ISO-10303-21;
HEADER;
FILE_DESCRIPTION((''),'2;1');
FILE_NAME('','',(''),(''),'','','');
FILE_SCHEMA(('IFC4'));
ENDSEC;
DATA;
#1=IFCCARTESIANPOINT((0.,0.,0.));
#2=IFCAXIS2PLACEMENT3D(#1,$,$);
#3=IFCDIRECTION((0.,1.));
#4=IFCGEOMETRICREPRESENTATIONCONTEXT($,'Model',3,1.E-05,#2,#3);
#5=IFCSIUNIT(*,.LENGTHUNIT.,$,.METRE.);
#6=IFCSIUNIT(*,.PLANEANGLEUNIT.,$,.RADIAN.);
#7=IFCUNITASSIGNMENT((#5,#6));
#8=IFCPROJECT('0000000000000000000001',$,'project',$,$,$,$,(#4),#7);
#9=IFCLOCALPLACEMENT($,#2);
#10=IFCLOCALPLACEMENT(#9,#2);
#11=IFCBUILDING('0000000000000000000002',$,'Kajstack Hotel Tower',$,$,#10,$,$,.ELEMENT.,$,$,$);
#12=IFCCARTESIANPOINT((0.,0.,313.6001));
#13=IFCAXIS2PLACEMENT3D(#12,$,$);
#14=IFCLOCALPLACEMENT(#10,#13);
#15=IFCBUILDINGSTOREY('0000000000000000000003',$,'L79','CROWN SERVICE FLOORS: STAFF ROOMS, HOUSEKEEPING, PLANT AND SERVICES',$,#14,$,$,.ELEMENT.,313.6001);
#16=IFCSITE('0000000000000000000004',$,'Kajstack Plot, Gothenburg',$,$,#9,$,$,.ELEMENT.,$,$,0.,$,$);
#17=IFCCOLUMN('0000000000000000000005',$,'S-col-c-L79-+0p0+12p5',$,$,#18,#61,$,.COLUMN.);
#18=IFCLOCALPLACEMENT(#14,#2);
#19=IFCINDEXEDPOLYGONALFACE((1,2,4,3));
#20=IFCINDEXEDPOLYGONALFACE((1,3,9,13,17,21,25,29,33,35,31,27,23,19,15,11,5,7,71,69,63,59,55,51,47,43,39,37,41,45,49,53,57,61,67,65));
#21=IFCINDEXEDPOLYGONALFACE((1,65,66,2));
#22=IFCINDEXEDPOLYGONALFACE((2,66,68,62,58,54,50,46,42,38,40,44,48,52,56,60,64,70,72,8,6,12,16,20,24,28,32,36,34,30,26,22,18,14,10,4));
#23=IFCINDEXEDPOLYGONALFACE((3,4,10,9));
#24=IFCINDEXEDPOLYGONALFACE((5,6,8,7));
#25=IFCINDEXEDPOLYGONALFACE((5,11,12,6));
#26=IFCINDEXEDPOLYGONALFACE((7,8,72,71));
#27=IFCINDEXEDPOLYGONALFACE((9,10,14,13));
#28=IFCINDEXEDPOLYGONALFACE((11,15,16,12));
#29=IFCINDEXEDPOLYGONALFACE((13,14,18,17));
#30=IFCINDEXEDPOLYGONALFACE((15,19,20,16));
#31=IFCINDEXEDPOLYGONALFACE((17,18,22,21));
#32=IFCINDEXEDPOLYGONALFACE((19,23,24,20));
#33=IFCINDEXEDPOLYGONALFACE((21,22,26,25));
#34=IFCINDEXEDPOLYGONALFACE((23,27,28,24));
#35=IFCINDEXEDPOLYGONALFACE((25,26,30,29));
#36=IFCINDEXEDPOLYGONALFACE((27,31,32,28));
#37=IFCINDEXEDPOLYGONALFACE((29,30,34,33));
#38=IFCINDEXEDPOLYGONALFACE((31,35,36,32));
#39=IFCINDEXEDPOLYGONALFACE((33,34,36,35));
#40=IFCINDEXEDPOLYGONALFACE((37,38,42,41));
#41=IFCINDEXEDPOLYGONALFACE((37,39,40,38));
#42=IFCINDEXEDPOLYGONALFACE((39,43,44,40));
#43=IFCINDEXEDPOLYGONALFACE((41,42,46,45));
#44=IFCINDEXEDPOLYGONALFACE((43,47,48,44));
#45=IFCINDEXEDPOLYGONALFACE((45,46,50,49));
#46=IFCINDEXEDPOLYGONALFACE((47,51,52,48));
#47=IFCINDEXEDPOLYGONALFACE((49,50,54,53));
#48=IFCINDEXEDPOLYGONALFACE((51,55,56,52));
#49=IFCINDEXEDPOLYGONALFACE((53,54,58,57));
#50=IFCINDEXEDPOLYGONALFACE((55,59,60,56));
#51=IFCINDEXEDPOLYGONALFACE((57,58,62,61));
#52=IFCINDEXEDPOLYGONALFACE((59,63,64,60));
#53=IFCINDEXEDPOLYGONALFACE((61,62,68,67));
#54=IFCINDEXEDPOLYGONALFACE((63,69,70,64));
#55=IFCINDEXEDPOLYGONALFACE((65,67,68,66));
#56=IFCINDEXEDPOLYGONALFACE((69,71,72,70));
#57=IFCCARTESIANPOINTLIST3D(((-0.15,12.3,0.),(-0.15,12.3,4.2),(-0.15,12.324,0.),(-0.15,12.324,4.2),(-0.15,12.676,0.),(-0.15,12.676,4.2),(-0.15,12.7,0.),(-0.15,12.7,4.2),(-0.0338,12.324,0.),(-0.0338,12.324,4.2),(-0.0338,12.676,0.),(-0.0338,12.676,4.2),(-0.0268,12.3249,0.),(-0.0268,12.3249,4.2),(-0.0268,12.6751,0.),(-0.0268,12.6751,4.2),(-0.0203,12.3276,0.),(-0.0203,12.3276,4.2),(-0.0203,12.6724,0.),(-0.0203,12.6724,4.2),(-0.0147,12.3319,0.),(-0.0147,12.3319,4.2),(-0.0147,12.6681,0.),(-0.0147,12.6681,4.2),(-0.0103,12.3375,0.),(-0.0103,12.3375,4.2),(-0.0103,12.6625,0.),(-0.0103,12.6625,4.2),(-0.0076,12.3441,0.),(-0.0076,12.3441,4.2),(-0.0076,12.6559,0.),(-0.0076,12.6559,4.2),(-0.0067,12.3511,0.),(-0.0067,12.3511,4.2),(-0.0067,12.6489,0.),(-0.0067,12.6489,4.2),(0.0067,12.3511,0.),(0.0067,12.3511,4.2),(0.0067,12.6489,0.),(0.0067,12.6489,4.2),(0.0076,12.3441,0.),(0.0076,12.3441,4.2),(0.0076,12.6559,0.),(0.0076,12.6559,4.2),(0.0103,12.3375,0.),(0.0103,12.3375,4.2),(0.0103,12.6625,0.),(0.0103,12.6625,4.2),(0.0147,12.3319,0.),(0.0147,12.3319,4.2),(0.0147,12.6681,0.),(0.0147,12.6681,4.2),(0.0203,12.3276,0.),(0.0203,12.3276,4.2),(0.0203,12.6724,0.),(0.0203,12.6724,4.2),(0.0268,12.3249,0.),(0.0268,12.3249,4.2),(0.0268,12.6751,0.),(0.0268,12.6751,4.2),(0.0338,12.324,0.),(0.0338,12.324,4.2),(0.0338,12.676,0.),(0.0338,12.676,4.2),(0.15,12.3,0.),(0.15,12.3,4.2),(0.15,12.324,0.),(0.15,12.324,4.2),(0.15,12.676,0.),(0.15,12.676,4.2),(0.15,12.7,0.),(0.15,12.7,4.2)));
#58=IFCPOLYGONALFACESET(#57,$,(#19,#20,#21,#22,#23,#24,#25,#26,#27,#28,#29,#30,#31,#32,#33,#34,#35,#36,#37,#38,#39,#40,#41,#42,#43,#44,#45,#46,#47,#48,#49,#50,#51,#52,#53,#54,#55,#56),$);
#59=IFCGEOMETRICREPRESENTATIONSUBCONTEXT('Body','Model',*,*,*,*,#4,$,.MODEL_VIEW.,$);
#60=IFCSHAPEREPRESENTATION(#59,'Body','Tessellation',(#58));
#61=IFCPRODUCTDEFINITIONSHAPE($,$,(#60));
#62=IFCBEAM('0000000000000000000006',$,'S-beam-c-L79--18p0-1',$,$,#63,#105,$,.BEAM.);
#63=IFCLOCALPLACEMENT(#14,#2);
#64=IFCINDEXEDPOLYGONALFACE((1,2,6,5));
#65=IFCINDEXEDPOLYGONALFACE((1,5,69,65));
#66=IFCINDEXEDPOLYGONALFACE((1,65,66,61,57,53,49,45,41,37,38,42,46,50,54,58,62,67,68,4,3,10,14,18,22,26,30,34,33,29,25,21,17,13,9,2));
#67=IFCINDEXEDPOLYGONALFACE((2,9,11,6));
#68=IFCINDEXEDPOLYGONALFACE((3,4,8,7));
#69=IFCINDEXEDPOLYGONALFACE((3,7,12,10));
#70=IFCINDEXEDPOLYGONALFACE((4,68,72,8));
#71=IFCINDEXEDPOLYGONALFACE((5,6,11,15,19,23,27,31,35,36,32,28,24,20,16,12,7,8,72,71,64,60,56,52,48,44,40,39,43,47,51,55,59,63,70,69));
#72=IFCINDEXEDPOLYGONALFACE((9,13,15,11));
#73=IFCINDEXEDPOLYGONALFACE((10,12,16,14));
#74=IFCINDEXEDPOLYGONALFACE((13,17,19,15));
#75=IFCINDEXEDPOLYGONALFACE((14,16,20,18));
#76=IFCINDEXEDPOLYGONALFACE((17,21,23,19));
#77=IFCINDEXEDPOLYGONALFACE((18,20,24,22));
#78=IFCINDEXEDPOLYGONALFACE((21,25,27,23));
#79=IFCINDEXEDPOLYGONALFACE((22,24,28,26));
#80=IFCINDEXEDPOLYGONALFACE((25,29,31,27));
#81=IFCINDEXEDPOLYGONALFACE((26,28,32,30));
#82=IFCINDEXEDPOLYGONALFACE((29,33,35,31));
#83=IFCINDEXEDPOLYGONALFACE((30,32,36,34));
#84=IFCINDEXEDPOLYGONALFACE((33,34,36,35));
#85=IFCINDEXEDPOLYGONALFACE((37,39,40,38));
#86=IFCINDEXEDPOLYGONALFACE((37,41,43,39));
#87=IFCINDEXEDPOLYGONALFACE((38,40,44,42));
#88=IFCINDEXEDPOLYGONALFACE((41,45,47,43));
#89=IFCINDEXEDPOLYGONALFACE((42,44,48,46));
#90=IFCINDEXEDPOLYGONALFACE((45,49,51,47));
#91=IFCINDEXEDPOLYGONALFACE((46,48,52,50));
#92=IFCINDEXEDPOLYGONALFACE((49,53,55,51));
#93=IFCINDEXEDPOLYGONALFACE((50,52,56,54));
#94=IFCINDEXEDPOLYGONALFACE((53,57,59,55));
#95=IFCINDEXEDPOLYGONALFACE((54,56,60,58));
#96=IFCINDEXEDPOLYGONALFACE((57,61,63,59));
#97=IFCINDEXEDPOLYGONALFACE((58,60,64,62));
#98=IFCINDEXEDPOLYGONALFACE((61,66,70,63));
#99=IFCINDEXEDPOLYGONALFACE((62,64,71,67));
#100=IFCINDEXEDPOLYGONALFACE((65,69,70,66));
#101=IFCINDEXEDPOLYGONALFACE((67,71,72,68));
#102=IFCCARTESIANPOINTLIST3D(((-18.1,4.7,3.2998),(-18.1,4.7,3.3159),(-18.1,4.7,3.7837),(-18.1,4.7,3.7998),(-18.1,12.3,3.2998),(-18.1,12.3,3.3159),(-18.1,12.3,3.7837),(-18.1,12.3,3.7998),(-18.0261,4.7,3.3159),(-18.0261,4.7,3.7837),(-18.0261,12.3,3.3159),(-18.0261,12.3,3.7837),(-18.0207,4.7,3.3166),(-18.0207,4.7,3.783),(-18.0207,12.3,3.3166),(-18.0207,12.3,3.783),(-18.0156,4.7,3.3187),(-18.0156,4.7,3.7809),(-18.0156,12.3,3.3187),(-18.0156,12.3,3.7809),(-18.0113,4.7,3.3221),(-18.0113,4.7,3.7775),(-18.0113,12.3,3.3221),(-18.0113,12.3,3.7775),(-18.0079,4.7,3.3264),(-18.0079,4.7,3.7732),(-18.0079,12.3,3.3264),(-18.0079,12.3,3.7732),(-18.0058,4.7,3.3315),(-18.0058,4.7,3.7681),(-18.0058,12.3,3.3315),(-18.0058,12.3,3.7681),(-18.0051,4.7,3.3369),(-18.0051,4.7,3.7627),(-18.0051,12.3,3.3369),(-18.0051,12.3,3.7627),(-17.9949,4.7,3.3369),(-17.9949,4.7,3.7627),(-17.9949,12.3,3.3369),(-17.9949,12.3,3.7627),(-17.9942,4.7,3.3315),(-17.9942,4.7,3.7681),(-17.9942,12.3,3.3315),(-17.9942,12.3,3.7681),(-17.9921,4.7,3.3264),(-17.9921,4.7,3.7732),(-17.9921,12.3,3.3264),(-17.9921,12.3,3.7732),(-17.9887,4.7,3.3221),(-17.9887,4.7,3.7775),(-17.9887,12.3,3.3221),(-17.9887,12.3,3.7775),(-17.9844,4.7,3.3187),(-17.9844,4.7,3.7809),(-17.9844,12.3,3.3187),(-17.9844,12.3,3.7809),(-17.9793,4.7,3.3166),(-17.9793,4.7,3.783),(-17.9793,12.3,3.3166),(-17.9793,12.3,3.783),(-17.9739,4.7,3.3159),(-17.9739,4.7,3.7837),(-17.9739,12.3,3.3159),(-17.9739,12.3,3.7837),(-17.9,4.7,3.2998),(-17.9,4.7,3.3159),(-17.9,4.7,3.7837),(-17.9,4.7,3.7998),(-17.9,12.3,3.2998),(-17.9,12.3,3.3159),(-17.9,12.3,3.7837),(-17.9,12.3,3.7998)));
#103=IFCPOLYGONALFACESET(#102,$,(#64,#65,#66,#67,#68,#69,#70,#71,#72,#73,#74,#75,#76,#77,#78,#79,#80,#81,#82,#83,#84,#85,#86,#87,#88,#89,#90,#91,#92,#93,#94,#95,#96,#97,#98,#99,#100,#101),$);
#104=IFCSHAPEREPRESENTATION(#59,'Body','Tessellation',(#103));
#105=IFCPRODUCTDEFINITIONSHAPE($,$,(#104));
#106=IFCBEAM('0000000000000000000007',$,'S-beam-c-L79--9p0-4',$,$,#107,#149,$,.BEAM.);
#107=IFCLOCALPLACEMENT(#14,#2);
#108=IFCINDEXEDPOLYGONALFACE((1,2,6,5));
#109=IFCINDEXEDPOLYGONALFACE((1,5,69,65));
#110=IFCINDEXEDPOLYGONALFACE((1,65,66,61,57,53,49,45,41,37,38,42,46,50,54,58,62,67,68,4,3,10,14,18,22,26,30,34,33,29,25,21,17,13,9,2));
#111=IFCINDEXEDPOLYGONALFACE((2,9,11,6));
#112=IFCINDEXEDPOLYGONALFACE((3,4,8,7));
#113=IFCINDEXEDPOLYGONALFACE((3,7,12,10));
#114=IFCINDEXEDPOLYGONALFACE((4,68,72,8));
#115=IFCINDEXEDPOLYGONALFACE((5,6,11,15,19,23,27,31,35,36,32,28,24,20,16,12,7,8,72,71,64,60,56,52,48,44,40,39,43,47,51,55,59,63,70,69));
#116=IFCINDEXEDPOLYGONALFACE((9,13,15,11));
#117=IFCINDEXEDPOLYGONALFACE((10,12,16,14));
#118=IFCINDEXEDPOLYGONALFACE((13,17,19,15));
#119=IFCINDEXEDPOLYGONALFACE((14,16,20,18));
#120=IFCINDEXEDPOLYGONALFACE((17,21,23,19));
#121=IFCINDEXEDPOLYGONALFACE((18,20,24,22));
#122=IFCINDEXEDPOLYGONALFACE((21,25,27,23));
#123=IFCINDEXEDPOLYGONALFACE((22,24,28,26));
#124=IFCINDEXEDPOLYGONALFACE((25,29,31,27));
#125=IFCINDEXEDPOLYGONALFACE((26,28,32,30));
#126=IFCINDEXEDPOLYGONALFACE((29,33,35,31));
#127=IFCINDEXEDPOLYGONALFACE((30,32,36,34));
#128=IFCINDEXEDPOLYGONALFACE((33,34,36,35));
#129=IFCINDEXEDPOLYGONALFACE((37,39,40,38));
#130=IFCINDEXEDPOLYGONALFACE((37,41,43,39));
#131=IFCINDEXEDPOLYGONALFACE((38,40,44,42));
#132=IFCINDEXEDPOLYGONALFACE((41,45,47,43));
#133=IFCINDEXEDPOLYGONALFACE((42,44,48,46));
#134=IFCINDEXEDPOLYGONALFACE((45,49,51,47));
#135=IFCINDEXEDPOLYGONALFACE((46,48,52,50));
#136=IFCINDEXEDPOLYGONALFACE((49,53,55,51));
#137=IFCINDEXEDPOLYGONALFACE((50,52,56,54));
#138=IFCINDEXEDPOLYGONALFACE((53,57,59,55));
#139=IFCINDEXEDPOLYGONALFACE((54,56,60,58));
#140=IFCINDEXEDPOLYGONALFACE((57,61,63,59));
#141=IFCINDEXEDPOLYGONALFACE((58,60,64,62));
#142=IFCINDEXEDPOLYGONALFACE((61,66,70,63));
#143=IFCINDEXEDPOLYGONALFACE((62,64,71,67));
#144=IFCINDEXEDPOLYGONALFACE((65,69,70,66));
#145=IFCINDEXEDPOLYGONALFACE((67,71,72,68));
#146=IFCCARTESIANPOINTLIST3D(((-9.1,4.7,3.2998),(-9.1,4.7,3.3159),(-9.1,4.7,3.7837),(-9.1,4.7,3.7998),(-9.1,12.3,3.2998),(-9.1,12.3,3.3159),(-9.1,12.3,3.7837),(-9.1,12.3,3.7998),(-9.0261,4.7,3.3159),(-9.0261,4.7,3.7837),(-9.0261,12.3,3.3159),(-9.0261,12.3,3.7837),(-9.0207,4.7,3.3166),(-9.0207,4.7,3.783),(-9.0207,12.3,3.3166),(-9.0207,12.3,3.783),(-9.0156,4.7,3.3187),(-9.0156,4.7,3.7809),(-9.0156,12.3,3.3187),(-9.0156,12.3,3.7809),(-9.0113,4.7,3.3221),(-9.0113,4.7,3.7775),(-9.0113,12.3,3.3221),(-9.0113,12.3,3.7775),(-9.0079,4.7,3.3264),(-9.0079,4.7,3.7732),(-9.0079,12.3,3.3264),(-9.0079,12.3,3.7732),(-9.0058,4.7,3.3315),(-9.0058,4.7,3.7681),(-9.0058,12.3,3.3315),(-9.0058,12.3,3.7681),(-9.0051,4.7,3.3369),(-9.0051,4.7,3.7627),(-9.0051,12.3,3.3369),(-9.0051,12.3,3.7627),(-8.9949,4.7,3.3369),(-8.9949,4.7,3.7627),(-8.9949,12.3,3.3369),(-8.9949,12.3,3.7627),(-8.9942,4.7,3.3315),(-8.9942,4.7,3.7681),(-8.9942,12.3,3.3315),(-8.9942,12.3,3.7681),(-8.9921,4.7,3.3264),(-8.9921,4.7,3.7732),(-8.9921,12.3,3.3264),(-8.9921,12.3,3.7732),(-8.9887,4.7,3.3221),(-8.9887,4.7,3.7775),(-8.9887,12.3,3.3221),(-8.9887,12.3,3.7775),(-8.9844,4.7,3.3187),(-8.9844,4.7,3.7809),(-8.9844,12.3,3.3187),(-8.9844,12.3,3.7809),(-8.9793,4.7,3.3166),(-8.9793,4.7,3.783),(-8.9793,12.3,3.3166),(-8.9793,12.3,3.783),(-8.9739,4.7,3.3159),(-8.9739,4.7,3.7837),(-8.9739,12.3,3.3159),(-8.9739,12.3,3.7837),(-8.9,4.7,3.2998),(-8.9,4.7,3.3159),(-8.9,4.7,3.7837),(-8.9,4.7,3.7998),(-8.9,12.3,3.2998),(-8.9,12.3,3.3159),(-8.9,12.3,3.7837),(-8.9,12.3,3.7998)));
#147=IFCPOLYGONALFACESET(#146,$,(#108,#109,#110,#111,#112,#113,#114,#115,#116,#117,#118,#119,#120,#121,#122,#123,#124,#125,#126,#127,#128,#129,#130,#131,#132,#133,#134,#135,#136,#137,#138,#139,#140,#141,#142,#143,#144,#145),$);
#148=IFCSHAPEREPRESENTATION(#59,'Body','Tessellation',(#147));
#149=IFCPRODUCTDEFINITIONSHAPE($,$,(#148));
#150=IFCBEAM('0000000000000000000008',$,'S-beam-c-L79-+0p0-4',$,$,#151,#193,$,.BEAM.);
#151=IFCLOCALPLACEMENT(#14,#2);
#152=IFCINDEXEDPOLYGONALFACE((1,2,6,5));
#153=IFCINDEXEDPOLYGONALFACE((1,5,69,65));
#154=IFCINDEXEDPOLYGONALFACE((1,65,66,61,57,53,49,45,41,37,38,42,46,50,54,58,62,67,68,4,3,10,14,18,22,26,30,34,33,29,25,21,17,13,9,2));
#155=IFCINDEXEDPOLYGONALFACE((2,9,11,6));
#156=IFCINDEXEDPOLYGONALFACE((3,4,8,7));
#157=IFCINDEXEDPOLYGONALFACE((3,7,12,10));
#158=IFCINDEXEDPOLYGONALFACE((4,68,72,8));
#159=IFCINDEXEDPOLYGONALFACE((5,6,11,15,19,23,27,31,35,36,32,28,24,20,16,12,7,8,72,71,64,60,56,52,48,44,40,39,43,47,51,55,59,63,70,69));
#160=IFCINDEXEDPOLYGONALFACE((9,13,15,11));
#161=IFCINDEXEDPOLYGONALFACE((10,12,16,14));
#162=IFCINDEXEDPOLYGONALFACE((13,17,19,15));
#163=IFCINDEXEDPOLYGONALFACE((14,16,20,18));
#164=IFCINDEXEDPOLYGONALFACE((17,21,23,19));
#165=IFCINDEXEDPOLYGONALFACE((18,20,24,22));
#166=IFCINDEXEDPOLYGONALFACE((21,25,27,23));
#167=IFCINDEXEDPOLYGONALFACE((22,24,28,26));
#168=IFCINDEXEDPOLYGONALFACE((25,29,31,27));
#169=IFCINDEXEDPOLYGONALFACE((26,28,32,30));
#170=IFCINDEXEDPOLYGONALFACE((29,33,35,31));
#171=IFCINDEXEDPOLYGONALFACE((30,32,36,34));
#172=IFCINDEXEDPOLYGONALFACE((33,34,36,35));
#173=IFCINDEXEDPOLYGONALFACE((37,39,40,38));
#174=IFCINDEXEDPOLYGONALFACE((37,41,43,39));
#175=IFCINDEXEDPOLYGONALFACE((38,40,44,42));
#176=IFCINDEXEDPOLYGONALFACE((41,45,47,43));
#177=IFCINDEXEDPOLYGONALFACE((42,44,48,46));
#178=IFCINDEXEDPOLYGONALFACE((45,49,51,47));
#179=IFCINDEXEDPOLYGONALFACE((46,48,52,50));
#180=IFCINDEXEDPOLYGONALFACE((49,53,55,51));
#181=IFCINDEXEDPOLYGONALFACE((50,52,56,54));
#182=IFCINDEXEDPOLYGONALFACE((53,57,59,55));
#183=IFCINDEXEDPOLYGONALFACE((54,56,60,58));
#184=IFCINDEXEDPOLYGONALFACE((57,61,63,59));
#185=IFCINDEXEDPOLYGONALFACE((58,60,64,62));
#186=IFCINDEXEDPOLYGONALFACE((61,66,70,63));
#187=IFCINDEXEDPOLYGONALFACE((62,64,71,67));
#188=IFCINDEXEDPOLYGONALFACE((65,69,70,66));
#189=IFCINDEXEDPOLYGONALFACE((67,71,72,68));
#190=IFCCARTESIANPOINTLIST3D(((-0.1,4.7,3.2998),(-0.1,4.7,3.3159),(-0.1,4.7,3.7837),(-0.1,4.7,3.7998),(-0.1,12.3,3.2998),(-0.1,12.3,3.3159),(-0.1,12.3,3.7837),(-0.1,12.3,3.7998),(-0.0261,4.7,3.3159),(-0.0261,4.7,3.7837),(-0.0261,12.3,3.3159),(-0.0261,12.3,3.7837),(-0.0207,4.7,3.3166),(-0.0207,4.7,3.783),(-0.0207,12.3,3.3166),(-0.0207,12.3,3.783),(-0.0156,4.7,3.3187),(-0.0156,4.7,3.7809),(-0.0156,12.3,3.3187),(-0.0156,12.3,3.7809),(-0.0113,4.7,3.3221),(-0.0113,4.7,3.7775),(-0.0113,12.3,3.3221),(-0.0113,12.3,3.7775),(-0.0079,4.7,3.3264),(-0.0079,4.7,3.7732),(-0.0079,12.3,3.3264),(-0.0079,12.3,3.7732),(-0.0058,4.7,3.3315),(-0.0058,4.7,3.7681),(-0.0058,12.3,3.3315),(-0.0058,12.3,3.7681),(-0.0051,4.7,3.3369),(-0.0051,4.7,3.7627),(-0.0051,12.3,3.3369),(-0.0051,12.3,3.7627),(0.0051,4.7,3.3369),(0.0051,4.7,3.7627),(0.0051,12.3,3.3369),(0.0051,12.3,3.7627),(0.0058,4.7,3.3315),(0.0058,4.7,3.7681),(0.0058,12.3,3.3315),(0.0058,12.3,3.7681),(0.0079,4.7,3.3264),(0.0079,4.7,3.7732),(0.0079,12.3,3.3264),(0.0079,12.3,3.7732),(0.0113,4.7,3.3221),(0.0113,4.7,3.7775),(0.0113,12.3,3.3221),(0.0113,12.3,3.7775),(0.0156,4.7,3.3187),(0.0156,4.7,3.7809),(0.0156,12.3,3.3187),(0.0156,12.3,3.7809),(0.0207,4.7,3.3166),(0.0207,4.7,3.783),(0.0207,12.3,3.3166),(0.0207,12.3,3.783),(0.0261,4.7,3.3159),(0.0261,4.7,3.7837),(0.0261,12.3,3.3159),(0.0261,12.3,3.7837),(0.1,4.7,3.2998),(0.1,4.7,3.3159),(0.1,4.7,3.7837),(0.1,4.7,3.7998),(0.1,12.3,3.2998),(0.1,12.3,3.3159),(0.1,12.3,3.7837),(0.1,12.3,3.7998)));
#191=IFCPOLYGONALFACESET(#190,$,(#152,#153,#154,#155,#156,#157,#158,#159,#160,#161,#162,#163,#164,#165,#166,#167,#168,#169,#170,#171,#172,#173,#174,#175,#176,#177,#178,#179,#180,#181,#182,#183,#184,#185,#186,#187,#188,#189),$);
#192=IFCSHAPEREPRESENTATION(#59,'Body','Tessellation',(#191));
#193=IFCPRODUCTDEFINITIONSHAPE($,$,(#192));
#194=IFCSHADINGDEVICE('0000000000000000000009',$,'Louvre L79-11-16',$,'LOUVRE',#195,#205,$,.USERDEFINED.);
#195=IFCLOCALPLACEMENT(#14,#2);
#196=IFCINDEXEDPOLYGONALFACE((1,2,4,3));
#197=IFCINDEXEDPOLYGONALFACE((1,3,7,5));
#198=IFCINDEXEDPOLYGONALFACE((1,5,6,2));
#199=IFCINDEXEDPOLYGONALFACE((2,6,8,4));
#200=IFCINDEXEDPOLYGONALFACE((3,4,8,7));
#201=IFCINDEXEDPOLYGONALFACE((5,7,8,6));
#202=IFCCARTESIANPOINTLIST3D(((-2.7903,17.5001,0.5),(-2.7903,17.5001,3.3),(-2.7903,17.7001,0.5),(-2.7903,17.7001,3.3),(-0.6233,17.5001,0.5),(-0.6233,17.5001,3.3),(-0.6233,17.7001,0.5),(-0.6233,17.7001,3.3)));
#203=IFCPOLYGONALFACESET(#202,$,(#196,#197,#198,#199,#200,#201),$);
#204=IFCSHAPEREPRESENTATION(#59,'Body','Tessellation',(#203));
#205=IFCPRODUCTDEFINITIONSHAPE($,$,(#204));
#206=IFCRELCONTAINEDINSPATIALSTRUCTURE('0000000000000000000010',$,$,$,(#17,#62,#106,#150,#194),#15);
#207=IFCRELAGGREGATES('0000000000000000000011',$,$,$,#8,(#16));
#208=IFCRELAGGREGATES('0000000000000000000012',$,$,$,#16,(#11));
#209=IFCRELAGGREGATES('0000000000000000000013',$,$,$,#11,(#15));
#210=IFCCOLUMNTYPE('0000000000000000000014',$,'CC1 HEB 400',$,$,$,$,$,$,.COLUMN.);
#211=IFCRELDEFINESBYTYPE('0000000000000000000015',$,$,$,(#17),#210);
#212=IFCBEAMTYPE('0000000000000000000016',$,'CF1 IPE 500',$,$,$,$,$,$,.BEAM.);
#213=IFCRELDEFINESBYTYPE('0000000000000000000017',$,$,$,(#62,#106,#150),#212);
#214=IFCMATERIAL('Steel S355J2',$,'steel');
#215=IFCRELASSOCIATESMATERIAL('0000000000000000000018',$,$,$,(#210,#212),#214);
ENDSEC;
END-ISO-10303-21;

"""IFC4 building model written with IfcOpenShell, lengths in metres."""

from ifc_helpers import new_model, si_unit, direction, frame, origin, origin_2d, place, context, subcontext, project, spatial, rectangle, i_section, extrude, material, material_profile, profile_set, type_object, element, save


model = new_model("IFC4")

# Units and contexts
model_context = context("Model", 3, precision=1e-05, world=origin(), true_north=direction((0.0, 1.0)))
body_context = subcontext(model_context, "Body", "Model", "MODEL_VIEW")
ifc_project = project(units=[si_unit("LENGTHUNIT", "METRE"), si_unit("PLANEANGLEUNIT", "RADIAN")], contexts=[model_context])

# Site, building, storey
site_placement = place(None, origin())
site = spatial("IfcSite", under=ifc_project, at=site_placement, Name="Kajstack Plot, Gothenburg", CompositionType="ELEMENT", RefElevation=0.0)
building_placement = place(site_placement, origin())
building = spatial("IfcBuilding", under=site, at=building_placement, Name="Kajstack Hotel Tower", CompositionType="ELEMENT")
storey_placement = place(building_placement, frame((0.0, 0.0, 313.6001)))
storey = spatial("IfcBuildingStorey", under=building, at=storey_placement, Name="L79", Description="CROWN SERVICE FLOORS: STAFF ROOMS, HOUSEKEEPING, PLANT AND SERVICES", CompositionType="ELEMENT", Elevation=313.6001)

# Column
ifc_material = material(Name="Steel S355J2", Category="steel")
ifc_material_profile_1 = material_profile(ifc_material, i_section(OverallWidth=0.3, OverallDepth=0.3999, WebThickness=0.0134, FlangeThickness=0.0239, FilletRadius=0.0271, at=origin_2d()), Name="HEB 400")
ifc_profile_set_1 = profile_set([ifc_material_profile_1], Name="Steel S355J2")
column_type = type_object("IfcColumnType", Name="CC1 HEB 400", PredefinedType="COLUMN", material=ifc_profile_set_1)
for number, where, z_axis, x_axis, name in (
    (1, (0.0, 12.5, 0.0), (0.0, 0.0, 1.0), (1.0, 0.0, 0.0), "S-col-c-L79-+0p0+12p5"),
):
    element("IfcColumn", number, at=place(storey_placement, frame(where, z_axis=z_axis, x_axis=x_axis)), inside=storey, type_object=column_type, Name=name, PredefinedType="COLUMN", context=body_context, shape_type="SweptSolid", body=[
        extrude(i_section(OverallWidth=0.3, OverallDepth=0.3999, WebThickness=0.0134, FlangeThickness=0.0239, FilletRadius=0.0271, at=origin_2d()), origin(), (0.0, 0.0, 1.0), 4.2),
    ])

# Beams
ifc_material_profile_2 = material_profile(ifc_material, i_section(OverallWidth=0.2, OverallDepth=0.5, WebThickness=0.0103, FlangeThickness=0.0161, FilletRadius=0.021, at=origin_2d()), Name="IPE 500")
ifc_profile_set_2 = profile_set([ifc_material_profile_2], Name="Steel S355J2")
beam_type = type_object("IfcBeamType", Name="CF1 IPE 500", PredefinedType="BEAM", material=ifc_profile_set_2)
for number, where, z_axis, x_axis, name in (
    (2, (-18.0, 4.7, 3.5498), (0.0, 1.0, 0.0), (-1.0, 0.0, 0.0), "S-beam-c-L79--18p0-1"),
    (3, (-9.0, 4.7, 3.5498), (0.0, 1.0, 0.0), (-1.0, 0.0, 0.0), "S-beam-c-L79--9p0-4"),
    (4, (0.0, 4.7, 3.5498), (0.0, 1.0, 0.0), (-1.0, 0.0, 0.0), "S-beam-c-L79-+0p0-4"),
):
    element("IfcBeam", number, at=place(storey_placement, frame(where, z_axis=z_axis, x_axis=x_axis)), inside=storey, type_object=beam_type, Name=name, PredefinedType="BEAM", context=body_context, shape_type="SweptSolid", body=[
        extrude(i_section(OverallWidth=0.2, OverallDepth=0.5, WebThickness=0.0103, FlangeThickness=0.0161, FilletRadius=0.021, at=origin_2d()), origin(), (0.0, 0.0, 1.0), 7.6001),
    ])

# Shading device
for number, where, z_axis, x_axis, name in (
    (5, (-1.7068, 17.6001, 0.5), (0.0, 0.0, 1.0), (-1.0, 0.0, 0.0), "Louvre L79-11-16"),
):
    element("IfcShadingDevice", number, at=place(storey_placement, frame(where, z_axis=z_axis, x_axis=x_axis)), inside=storey, Name=name, ObjectType="LOUVRE", PredefinedType="USERDEFINED", context=body_context, shape_type="SweptSolid", body=[
        extrude(rectangle(XDim=2.167, YDim=0.2, at=origin_2d()), origin(), (0.0, 0.0, 1.0), 2.8),
    ])

save(model, "model.ifc")
